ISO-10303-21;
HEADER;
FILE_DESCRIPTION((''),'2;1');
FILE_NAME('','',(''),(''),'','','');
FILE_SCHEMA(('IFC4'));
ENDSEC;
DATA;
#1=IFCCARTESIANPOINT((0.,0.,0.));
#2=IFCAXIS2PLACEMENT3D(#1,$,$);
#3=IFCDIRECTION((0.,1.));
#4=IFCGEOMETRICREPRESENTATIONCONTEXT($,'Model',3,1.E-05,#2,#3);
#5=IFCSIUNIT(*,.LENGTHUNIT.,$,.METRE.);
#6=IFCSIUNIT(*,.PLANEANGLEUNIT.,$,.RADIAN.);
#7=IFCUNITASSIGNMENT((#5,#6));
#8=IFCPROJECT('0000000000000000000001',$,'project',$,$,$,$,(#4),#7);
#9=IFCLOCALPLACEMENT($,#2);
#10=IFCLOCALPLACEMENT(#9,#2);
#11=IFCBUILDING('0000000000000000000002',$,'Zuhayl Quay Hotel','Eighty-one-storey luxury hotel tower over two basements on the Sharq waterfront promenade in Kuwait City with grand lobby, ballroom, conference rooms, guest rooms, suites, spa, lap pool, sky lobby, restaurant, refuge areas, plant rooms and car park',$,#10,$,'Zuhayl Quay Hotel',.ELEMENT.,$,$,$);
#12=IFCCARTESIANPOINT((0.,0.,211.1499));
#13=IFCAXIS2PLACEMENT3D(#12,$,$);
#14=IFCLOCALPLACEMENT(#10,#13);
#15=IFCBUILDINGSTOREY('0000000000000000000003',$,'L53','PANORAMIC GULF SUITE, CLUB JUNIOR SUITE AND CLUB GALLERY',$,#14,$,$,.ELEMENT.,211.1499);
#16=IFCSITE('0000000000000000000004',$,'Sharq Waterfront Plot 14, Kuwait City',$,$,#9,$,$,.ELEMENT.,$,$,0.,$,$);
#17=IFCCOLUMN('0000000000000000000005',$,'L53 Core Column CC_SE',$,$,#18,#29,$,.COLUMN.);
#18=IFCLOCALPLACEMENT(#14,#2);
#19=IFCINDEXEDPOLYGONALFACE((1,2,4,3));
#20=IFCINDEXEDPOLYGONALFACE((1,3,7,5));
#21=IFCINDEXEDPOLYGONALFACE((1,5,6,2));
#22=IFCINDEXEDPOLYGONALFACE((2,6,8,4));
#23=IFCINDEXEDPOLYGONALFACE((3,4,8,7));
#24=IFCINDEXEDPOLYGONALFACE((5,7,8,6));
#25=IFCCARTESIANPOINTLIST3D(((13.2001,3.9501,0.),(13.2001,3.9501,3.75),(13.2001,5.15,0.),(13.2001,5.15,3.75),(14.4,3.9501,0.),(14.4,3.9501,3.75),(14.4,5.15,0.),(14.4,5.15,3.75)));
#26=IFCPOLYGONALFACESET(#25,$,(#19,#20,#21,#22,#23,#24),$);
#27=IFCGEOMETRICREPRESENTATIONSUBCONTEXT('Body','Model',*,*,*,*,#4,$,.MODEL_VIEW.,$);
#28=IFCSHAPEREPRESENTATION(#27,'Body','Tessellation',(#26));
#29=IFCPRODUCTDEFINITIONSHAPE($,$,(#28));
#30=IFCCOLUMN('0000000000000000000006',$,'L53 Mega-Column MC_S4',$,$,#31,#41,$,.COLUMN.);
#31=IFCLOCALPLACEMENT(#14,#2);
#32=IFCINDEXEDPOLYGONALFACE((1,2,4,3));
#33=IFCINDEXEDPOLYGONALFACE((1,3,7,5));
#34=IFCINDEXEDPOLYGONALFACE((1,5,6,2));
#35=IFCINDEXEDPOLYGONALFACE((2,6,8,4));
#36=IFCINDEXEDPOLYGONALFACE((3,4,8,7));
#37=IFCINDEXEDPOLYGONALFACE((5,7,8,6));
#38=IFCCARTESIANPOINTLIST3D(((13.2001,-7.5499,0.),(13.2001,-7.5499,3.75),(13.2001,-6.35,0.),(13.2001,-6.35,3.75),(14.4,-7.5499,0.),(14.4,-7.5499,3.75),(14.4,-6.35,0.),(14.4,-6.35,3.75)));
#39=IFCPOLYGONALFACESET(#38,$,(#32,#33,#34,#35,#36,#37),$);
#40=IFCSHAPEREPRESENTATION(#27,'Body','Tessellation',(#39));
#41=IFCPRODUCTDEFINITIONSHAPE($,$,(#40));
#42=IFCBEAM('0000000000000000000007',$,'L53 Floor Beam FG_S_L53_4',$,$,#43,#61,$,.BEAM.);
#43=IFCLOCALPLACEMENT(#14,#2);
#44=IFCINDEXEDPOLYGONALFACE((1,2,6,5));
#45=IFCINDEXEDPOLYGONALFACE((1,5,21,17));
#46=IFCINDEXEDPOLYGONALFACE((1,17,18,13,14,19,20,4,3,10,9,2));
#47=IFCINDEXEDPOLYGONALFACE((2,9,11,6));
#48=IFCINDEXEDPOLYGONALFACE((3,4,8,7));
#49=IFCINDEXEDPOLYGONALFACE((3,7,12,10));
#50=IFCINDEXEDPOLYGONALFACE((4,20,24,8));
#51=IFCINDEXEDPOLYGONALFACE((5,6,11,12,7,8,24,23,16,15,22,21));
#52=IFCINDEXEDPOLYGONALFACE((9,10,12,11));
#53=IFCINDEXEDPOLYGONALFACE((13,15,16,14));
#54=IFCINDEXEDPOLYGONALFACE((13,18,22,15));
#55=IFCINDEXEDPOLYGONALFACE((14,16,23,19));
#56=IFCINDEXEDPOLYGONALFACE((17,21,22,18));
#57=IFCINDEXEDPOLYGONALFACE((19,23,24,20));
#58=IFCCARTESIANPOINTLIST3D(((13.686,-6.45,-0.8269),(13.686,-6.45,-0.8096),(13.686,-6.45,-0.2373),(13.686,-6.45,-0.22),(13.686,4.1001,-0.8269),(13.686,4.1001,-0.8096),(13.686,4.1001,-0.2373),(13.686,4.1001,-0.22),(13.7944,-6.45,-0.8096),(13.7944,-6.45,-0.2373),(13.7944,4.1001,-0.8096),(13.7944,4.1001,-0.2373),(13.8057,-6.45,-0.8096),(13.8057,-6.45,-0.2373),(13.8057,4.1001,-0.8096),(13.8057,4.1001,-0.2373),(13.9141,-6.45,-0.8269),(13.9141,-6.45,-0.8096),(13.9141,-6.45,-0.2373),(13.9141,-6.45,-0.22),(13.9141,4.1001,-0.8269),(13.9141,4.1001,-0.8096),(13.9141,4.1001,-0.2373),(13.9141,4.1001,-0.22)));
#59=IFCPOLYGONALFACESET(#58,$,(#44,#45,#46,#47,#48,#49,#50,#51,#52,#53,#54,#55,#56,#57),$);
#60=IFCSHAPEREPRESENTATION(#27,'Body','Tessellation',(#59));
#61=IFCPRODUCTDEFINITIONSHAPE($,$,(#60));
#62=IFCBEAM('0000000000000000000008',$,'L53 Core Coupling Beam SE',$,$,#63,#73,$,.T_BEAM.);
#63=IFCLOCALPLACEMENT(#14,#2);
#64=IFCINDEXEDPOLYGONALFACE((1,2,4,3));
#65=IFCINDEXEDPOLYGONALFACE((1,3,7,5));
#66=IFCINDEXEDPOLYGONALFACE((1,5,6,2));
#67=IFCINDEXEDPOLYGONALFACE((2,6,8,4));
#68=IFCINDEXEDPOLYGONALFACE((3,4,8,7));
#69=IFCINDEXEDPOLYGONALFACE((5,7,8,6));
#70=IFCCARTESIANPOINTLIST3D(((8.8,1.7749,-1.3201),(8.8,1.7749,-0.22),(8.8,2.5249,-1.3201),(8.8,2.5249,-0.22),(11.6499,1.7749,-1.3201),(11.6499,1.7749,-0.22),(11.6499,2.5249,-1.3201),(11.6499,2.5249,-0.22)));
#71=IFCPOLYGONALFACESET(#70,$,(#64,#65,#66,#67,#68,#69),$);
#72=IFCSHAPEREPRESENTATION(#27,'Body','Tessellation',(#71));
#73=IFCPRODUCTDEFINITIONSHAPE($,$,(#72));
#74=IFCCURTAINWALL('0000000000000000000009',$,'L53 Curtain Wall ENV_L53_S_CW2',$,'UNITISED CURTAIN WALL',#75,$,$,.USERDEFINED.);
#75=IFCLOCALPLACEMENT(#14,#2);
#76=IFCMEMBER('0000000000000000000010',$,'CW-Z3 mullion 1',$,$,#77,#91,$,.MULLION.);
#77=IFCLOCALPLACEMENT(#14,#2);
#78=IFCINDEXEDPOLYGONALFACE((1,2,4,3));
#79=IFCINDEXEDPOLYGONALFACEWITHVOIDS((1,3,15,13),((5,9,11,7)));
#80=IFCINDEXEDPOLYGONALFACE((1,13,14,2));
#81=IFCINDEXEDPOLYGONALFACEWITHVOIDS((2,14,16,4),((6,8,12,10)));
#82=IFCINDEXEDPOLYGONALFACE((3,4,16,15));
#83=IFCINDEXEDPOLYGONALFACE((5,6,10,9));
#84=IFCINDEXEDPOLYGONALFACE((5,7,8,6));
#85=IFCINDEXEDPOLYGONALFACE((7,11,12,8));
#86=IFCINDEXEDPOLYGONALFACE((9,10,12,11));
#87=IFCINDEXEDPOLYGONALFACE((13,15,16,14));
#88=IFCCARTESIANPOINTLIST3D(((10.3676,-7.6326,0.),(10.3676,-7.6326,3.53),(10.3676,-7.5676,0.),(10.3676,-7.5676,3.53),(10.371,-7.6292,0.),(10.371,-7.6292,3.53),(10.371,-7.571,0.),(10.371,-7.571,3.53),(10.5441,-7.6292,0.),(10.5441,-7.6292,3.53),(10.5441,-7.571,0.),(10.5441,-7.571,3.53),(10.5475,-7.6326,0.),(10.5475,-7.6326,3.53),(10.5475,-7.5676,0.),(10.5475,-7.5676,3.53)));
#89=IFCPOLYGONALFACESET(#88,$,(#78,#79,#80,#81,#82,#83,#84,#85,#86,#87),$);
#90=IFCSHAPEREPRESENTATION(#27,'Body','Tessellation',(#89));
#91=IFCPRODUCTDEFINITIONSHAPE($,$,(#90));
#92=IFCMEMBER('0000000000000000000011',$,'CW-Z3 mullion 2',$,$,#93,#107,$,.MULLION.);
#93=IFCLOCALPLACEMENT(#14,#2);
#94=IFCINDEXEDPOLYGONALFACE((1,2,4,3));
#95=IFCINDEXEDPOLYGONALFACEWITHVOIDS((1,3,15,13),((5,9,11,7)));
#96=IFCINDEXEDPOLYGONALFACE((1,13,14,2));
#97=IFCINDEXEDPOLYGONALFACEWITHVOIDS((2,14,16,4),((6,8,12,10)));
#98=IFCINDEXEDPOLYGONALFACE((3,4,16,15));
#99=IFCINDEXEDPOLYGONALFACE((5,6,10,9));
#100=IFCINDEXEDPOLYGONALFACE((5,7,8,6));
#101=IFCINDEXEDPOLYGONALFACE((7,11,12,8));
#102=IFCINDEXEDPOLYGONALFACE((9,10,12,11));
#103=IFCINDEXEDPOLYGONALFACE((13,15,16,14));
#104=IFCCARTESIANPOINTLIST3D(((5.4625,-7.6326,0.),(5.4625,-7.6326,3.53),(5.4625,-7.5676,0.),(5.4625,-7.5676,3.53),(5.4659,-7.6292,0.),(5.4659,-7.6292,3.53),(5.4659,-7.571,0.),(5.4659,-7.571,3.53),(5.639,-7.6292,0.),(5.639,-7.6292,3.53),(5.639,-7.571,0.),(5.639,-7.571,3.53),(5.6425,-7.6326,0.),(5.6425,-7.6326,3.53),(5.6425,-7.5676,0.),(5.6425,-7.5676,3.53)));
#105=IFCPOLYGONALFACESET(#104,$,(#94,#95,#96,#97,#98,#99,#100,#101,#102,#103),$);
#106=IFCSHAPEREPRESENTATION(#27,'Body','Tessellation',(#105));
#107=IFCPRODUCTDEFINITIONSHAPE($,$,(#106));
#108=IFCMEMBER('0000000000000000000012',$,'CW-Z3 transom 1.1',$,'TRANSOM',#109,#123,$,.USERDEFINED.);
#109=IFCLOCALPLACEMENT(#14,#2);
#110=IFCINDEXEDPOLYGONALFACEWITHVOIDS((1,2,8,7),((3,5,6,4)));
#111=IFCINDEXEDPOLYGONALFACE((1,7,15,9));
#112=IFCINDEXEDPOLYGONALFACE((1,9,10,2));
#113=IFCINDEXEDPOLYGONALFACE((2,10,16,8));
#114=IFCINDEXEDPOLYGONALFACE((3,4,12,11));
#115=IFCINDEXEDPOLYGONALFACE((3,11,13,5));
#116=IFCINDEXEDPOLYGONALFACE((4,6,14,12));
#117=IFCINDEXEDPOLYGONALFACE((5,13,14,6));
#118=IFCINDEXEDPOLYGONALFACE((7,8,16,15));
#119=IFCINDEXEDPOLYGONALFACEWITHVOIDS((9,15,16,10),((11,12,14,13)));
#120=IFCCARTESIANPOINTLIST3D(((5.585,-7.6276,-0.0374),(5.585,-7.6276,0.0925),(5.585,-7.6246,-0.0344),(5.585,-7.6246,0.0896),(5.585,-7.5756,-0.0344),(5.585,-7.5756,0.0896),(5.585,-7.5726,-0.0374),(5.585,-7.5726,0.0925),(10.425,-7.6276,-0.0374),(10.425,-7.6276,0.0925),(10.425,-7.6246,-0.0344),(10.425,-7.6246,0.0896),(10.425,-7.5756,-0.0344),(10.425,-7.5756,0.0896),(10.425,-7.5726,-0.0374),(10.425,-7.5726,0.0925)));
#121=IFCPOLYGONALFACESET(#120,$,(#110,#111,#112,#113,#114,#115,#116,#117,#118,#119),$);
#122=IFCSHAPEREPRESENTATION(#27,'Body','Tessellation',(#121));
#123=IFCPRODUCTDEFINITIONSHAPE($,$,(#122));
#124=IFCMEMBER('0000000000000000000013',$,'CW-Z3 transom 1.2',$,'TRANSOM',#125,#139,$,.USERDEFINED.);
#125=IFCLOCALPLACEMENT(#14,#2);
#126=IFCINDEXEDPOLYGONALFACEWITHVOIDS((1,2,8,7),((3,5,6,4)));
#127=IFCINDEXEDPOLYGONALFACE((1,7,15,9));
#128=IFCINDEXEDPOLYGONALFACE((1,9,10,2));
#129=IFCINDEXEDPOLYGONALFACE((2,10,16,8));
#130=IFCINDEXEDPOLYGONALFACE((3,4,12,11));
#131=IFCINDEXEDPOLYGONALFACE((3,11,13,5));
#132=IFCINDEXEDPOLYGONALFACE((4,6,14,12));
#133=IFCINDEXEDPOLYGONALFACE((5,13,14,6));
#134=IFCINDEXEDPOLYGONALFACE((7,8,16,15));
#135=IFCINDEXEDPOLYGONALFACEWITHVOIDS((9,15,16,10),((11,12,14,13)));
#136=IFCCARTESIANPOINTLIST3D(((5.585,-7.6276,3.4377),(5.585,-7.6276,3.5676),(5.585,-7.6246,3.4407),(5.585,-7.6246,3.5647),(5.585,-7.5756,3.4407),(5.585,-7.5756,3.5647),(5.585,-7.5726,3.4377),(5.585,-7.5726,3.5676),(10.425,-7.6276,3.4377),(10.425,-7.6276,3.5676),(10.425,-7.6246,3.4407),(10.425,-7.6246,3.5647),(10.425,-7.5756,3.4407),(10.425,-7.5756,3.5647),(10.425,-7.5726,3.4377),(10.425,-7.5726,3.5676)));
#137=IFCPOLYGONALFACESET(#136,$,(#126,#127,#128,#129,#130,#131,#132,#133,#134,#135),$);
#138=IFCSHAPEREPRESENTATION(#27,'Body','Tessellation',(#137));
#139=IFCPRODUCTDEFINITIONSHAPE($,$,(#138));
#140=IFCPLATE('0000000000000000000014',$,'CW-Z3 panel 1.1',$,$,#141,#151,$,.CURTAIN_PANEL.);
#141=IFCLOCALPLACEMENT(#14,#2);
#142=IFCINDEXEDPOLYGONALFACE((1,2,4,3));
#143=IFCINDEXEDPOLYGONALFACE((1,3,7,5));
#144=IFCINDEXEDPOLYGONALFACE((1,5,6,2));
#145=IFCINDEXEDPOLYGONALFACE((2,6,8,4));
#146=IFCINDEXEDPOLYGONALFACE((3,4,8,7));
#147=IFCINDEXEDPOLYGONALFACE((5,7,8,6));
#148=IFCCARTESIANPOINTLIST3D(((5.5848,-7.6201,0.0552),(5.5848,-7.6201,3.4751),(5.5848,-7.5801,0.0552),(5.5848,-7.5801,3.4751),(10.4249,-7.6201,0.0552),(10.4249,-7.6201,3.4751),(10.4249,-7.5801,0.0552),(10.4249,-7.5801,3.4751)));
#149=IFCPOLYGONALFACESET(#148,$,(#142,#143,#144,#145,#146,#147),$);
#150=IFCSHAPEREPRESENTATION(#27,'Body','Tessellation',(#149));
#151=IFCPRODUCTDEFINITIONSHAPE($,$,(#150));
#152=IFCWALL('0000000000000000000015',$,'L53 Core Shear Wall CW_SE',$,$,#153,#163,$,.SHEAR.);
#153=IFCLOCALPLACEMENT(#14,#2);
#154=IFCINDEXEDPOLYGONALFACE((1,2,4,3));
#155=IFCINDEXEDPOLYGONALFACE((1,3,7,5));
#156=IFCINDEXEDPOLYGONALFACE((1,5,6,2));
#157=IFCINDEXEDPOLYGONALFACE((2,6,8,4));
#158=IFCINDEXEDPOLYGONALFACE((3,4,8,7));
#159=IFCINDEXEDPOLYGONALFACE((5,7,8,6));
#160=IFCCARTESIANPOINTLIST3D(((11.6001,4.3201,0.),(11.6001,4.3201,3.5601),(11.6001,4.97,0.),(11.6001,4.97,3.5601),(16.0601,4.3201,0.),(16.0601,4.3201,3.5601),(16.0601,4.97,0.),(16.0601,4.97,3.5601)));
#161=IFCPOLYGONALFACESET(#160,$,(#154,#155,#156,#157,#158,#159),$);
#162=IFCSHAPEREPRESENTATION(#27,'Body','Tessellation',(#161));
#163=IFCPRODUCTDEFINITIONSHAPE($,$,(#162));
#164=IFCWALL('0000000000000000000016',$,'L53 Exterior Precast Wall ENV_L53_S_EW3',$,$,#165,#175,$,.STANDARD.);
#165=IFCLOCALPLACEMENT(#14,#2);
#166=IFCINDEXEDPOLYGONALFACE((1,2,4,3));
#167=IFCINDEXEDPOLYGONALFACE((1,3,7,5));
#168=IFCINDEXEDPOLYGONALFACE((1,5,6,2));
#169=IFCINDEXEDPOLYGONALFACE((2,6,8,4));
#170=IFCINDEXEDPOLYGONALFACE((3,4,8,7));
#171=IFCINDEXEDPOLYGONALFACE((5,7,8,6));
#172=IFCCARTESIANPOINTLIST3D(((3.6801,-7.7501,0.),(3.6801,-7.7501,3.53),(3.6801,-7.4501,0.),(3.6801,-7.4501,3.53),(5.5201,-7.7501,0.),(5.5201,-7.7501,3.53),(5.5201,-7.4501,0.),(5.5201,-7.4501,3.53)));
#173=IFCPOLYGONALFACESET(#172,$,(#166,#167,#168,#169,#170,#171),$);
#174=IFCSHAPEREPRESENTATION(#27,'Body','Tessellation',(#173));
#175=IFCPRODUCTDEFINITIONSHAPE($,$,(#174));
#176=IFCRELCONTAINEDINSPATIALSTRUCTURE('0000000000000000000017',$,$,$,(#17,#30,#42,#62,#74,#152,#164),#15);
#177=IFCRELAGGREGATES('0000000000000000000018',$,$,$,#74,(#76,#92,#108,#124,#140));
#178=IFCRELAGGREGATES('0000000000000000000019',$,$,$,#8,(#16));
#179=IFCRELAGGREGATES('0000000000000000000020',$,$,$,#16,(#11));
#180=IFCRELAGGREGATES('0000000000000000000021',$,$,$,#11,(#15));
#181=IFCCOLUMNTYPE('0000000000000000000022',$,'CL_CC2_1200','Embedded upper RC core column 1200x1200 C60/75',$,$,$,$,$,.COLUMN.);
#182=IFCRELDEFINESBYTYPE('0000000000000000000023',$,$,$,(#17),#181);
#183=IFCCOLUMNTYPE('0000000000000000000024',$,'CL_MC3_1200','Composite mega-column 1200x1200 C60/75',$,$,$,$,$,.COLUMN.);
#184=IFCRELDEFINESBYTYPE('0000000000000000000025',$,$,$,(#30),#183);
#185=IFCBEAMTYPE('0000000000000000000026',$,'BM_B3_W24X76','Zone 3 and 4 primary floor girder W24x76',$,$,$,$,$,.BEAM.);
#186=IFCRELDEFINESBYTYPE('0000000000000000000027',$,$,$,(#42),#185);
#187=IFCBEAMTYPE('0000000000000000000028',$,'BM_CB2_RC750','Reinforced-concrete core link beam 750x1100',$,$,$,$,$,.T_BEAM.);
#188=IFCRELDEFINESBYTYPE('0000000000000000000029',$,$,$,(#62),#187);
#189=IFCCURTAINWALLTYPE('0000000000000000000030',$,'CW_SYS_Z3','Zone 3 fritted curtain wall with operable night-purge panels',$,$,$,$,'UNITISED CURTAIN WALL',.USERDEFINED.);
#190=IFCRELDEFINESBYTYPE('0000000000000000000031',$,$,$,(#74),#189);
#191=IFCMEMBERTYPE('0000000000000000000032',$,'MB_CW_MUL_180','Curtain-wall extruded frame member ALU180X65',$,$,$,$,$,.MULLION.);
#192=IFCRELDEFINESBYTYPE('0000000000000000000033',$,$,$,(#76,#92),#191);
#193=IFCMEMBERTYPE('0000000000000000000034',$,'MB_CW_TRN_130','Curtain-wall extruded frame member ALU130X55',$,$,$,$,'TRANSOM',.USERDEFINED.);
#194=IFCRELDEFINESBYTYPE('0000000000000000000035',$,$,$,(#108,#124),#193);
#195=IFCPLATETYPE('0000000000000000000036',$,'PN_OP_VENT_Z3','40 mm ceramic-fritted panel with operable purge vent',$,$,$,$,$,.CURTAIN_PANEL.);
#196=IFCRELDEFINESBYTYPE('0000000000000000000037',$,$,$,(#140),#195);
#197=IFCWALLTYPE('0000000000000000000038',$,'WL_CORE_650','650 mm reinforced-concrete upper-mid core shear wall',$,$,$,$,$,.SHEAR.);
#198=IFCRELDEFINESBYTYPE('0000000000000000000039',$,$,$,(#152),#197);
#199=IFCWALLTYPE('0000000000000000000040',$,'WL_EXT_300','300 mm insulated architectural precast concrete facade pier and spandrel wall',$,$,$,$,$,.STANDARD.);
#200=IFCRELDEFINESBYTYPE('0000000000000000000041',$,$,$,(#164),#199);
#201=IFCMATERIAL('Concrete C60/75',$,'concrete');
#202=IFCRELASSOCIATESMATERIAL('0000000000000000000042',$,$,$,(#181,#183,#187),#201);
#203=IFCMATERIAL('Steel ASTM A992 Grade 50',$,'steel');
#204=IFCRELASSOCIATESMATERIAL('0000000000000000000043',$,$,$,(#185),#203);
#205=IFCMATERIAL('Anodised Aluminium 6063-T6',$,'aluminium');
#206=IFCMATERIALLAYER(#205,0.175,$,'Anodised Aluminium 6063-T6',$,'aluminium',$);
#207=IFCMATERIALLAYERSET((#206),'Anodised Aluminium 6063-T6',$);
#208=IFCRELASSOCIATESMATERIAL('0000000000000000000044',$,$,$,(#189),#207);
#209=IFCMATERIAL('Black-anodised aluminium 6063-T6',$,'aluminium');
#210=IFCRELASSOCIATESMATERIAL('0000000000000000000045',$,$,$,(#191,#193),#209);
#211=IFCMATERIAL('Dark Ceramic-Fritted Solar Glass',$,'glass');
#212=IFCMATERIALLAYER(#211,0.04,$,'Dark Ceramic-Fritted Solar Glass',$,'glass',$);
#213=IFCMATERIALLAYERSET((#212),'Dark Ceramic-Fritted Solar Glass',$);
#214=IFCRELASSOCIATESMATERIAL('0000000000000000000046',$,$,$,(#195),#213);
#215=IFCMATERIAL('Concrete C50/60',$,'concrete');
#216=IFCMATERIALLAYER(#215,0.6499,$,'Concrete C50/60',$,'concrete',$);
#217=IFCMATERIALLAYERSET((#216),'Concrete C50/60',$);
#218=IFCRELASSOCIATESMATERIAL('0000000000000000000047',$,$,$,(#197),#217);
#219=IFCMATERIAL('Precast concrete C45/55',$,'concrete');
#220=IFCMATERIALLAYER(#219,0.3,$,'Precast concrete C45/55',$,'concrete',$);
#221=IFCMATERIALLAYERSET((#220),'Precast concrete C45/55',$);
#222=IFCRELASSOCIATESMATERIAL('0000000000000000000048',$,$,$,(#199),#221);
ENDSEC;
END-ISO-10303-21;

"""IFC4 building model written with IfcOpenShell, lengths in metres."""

from ifc_helpers import new_model, si_unit, direction, frame, frame_2d, origin, origin_2d, place, context, subcontext, project, spatial, rectangle, hollow_rectangle, i_section, extrude, material, layer, layer_set, material_profile, profile_set, type_object, element, aggregate, save


model = new_model("IFC4")

# Units and contexts
model_context = context("Model", 3, precision=1e-05, world=origin(), true_north=direction((0.0, 1.0)))
body_context = subcontext(model_context, "Body", "Model", "MODEL_VIEW")
ifc_project = project(units=[si_unit("LENGTHUNIT", "METRE"), si_unit("PLANEANGLEUNIT", "RADIAN")], contexts=[model_context])

# Site, building, storey
site_placement = place(None, origin())
site = spatial("IfcSite", under=ifc_project, at=site_placement, Name="Sharq Waterfront Plot 14, Kuwait City", CompositionType="ELEMENT", RefElevation=0.0)
building_placement = place(site_placement, origin())
building = spatial("IfcBuilding", under=site, at=building_placement, Name="Zuhayl Quay Hotel", Description="Eighty-one-storey luxury hotel tower over two basements on the Sharq waterfront promenade in Kuwait City with grand lobby, ballroom, conference rooms, guest rooms, suites, spa, lap pool, sky lobby, restaurant, refuge areas, plant rooms and car park", LongName="Zuhayl Quay Hotel", CompositionType="ELEMENT")
storey_placement = place(building_placement, frame((0.0, 0.0, 211.1499)))
storey = spatial("IfcBuildingStorey", under=building, at=storey_placement, Name="L53", Description="PANORAMIC GULF SUITE, CLUB JUNIOR SUITE AND CLUB GALLERY", CompositionType="ELEMENT", Elevation=211.1499)

# Columns
ifc_material_1 = material(Name="Concrete C60/75", Category="concrete")
ifc_material_profile_1 = material_profile(ifc_material_1, rectangle(XDim=1.2, YDim=1.2, at=origin_2d()), Name="RC1200X1200")
ifc_profile_set_1 = profile_set([ifc_material_profile_1], Name="Concrete C60/75")
column_type_1 = type_object("IfcColumnType", Name="CL_CC2_1200", Description="Embedded upper RC core column 1200x1200 C60/75", PredefinedType="COLUMN", material=ifc_profile_set_1)
column_1_placement = place(storey_placement, frame((13.8, 4.55, 0.0), z_axis=(0.0, 0.0, 1.0), x_axis=(1.0, 0.0, 0.0)))
element("IfcColumn", 1, at=column_1_placement, inside=storey, type_object=column_type_1, Name="L53 Core Column CC_SE", PredefinedType="COLUMN", context=body_context, shape_type="SweptSolid", body=[
    extrude(rectangle(XDim=1.2, YDim=1.2, at=origin_2d()), origin(), (0.0, 0.0, 1.0), 3.75),
])
ifc_material_profile_2 = material_profile(ifc_material_1, rectangle(XDim=1.2, YDim=1.2, at=origin_2d()), Name="RC1200X1200")
ifc_profile_set_2 = profile_set([ifc_material_profile_2], Name="Concrete C60/75")
column_type_2 = type_object("IfcColumnType", Name="CL_MC3_1200", Description="Composite mega-column 1200x1200 C60/75", PredefinedType="COLUMN", material=ifc_profile_set_2)
column_2_placement = place(storey_placement, frame((13.8, -6.95, 0.0), z_axis=(0.0, 0.0, 1.0), x_axis=(1.0, 0.0, 0.0)))
element("IfcColumn", 2, at=column_2_placement, inside=storey, type_object=column_type_2, Name="L53 Mega-Column MC_S4", PredefinedType="COLUMN", context=body_context, shape_type="SweptSolid", body=[
    extrude(rectangle(XDim=1.2, YDim=1.2, at=origin_2d()), origin(), (0.0, 0.0, 1.0), 3.75),
])

# Beams
ifc_material_2 = material(Name="Steel ASTM A992 Grade 50", Category="steel")
ifc_material_profile_3 = material_profile(ifc_material_2, i_section(OverallWidth=0.228, OverallDepth=0.6069, WebThickness=0.0112, FlangeThickness=0.0173, at=origin_2d()), Name="W24X76")
ifc_profile_set_3 = profile_set([ifc_material_profile_3], Name="Steel ASTM A992 Grade 50")
beam_type_1 = type_object("IfcBeamType", Name="BM_B3_W24X76", Description="Zone 3 and 4 primary floor girder W24x76", PredefinedType="BEAM", material=ifc_profile_set_3)
beam_1_placement = place(storey_placement, frame((13.8, -6.45, -0.5234), z_axis=(0.0, 1.0, 0.0), x_axis=(-1.0, 0.0, 0.0)))
element("IfcBeam", 3, at=beam_1_placement, inside=storey, type_object=beam_type_1, Name="L53 Floor Beam FG_S_L53_4", PredefinedType="BEAM", context=body_context, shape_type="SweptSolid", body=[
    extrude(i_section(OverallWidth=0.228, OverallDepth=0.6069, WebThickness=0.0112, FlangeThickness=0.0173, at=origin_2d()), origin(), (0.0, 0.0, 1.0), 10.55),
])
ifc_material_profile_4 = material_profile(ifc_material_1, rectangle(XDim=0.75, YDim=1.1001, at=origin_2d()), Name="RC750X1100")
ifc_profile_set_4 = profile_set([ifc_material_profile_4], Name="Concrete C60/75")
beam_type_2 = type_object("IfcBeamType", Name="BM_CB2_RC750", Description="Reinforced-concrete core link beam 750x1100", PredefinedType="T_BEAM", material=ifc_profile_set_4)
beam_2_placement = place(storey_placement, frame((8.8, 2.1499, -0.77), z_axis=(1.0, 0.0, 0.0), x_axis=(0.0, 1.0, 0.0)))
element("IfcBeam", 4, at=beam_2_placement, inside=storey, type_object=beam_type_2, Name="L53 Core Coupling Beam SE", PredefinedType="T_BEAM", context=body_context, shape_type="SweptSolid", body=[
    extrude(rectangle(XDim=0.75, YDim=1.1001, at=origin_2d()), origin(), (0.0, 0.0, 1.0), 2.8499),
])

# Curtain wall, members, plate
ifc_material_3 = material(Name="Anodised Aluminium 6063-T6", Category="aluminium")
ifc_layer_1 = layer(ifc_material_3, 0.175, Name="Anodised Aluminium 6063-T6", Category="aluminium")
ifc_layer_set_1 = layer_set([ifc_layer_1], Name="Anodised Aluminium 6063-T6")
curtain_wall_type = type_object("IfcCurtainWallType", Name="CW_SYS_Z3", Description="Zone 3 fritted curtain wall with operable night-purge panels", ElementType="UNITISED CURTAIN WALL", PredefinedType="USERDEFINED", material=ifc_layer_set_1)
curtain_wall_placement = place(storey_placement, origin())
curtain_wall = element("IfcCurtainWall", 5, at=curtain_wall_placement, inside=storey, type_object=curtain_wall_type, Name="L53 Curtain Wall ENV_L53_S_CW2", ObjectType="UNITISED CURTAIN WALL", PredefinedType="USERDEFINED")
ifc_material_4 = material(Name="Black-anodised aluminium 6063-T6", Category="aluminium")
ifc_material_profile_5 = material_profile(ifc_material_4, hollow_rectangle(XDim=0.0649, YDim=0.1799, WallThickness=0.0034, at=origin_2d()), Name="ALU180X65")
ifc_profile_set_5 = profile_set([ifc_material_profile_5], Name="Black-anodised aluminium 6063-T6")
member_type_1 = type_object("IfcMemberType", Name="MB_CW_MUL_180", Description="Curtain-wall extruded frame member ALU180X65", PredefinedType="MULLION", material=ifc_profile_set_5)
member_1_placement = place(storey_placement, frame((10.4575, -7.6001, 0.0), z_axis=(0.0, 0.0, 1.0), x_axis=(0.0, -1.0, 0.0)))
member_1 = element("IfcMember", 6, at=member_1_placement, type_object=member_type_1, Name="CW-Z3 mullion 1", PredefinedType="MULLION", context=body_context, shape_type="SweptSolid", body=[
    extrude(hollow_rectangle(XDim=0.0649, YDim=0.1799, WallThickness=0.0034, at=origin_2d()), origin(), (0.0, 0.0, 1.0), 3.53),
])
member_2_placement = place(storey_placement, frame((5.5525, -7.6001, 0.0), z_axis=(0.0, 0.0, 1.0), x_axis=(0.0, -1.0, 0.0)))
member_2 = element("IfcMember", 7, at=member_2_placement, type_object=member_type_1, Name="CW-Z3 mullion 2", PredefinedType="MULLION", context=body_context, shape_type="SweptSolid", body=[
    extrude(hollow_rectangle(XDim=0.0649, YDim=0.1799, WallThickness=0.0034, at=origin_2d()), origin(), (0.0, 0.0, 1.0), 3.53),
])
ifc_material_profile_6 = material_profile(ifc_material_4, hollow_rectangle(XDim=0.0549, YDim=0.1299, WallThickness=0.0029, at=origin_2d()), Name="ALU130X55")
ifc_profile_set_6 = profile_set([ifc_material_profile_6], Name="Black-anodised aluminium 6063-T6")
member_type_2 = type_object("IfcMemberType", Name="MB_CW_TRN_130", Description="Curtain-wall extruded frame member ALU130X55", ElementType="TRANSOM", PredefinedType="USERDEFINED", material=ifc_profile_set_6)
member_3_placement = place(storey_placement, frame((10.425, -7.6001, 0.0276), z_axis=(-1.0, 0.0, 0.0), x_axis=(0.0, -1.0, 0.0)))
member_3 = element("IfcMember", 8, at=member_3_placement, type_object=member_type_2, Name="CW-Z3 transom 1.1", ObjectType="TRANSOM", PredefinedType="USERDEFINED", context=body_context, shape_type="SweptSolid", body=[
    extrude(hollow_rectangle(XDim=0.0549, YDim=0.1299, WallThickness=0.0029, at=origin_2d()), origin(), (0.0, 0.0, 1.0), 4.8401),
])
member_4_placement = place(storey_placement, frame((10.425, -7.6001, 3.5027), z_axis=(-1.0, 0.0, 0.0), x_axis=(0.0, -1.0, 0.0)))
member_4 = element("IfcMember", 9, at=member_4_placement, type_object=member_type_2, Name="CW-Z3 transom 1.2", ObjectType="TRANSOM", PredefinedType="USERDEFINED", context=body_context, shape_type="SweptSolid", body=[
    extrude(hollow_rectangle(XDim=0.0549, YDim=0.1299, WallThickness=0.0029, at=origin_2d()), origin(), (0.0, 0.0, 1.0), 4.8401),
])
ifc_material_5 = material(Name="Dark Ceramic-Fritted Solar Glass", Category="glass")
ifc_layer_2 = layer(ifc_material_5, 0.04, Name="Dark Ceramic-Fritted Solar Glass", Category="glass")
ifc_layer_set_2 = layer_set([ifc_layer_2], Name="Dark Ceramic-Fritted Solar Glass")
plate_type = type_object("IfcPlateType", Name="PN_OP_VENT_Z3", Description="40 mm ceramic-fritted panel with operable purge vent", PredefinedType="CURTAIN_PANEL", material=ifc_layer_set_2)
plate_placement = place(storey_placement, frame((8.0049, -7.6001, 0.0552), z_axis=(0.0, 0.0, 1.0), x_axis=(-1.0, 0.0, 0.0)))
plate = element("IfcPlate", 10, at=plate_placement, type_object=plate_type, Name="CW-Z3 panel 1.1", PredefinedType="CURTAIN_PANEL", context=body_context, shape_type="SweptSolid", body=[
    extrude(rectangle(XDim=4.8401, YDim=0.04, at=origin_2d()), origin(), (0.0, 0.0, 1.0), 3.4199),
])
aggregate(curtain_wall, [member_1, member_2, member_3, member_4, plate])

# Walls
ifc_material_6 = material(Name="Concrete C50/60", Category="concrete")
ifc_layer_3 = layer(ifc_material_6, 0.6499, Name="Concrete C50/60", Category="concrete")
ifc_layer_set_3 = layer_set([ifc_layer_3], Name="Concrete C50/60")
wall_type_1 = type_object("IfcWallType", Name="WL_CORE_650", Description="650 mm reinforced-concrete upper-mid core shear wall", PredefinedType="SHEAR", material=ifc_layer_set_3)
wall_1_placement = place(storey_placement, frame((11.6001, 4.645, 0.0), z_axis=(0.0, 0.0, 1.0), x_axis=(1.0, 0.0, 0.0)))
element("IfcWall", 11, at=wall_1_placement, inside=storey, type_object=wall_type_1, Name="L53 Core Shear Wall CW_SE", PredefinedType="SHEAR", context=body_context, shape_type="SweptSolid", body=[
    extrude(rectangle(XDim=4.46, YDim=0.6499, at=frame_2d((2.23, 0.0))), origin(), (0.0, 0.0, 1.0), 3.5601),
])
ifc_material_7 = material(Name="Precast concrete C45/55", Category="concrete")
ifc_layer_4 = layer(ifc_material_7, 0.3, Name="Precast concrete C45/55", Category="concrete")
ifc_layer_set_4 = layer_set([ifc_layer_4], Name="Precast concrete C45/55")
wall_type_2 = type_object("IfcWallType", Name="WL_EXT_300", Description="300 mm insulated architectural precast concrete facade pier and spandrel wall", PredefinedType="STANDARD", material=ifc_layer_set_4)
wall_2_placement = place(storey_placement, frame((5.52, -7.6001, 0.0), z_axis=(0.0, 0.0, 1.0), x_axis=(-1.0, 0.0, 0.0)))
element("IfcWall", 12, at=wall_2_placement, inside=storey, type_object=wall_type_2, Name="L53 Exterior Precast Wall ENV_L53_S_EW3", PredefinedType="STANDARD", context=body_context, shape_type="SweptSolid", body=[
    extrude(rectangle(XDim=1.8401, YDim=0.3, at=frame_2d((0.9199, 0.0))), origin(), (0.0, 0.0, 1.0), 3.53),
])

save(model, "model.ifc")
